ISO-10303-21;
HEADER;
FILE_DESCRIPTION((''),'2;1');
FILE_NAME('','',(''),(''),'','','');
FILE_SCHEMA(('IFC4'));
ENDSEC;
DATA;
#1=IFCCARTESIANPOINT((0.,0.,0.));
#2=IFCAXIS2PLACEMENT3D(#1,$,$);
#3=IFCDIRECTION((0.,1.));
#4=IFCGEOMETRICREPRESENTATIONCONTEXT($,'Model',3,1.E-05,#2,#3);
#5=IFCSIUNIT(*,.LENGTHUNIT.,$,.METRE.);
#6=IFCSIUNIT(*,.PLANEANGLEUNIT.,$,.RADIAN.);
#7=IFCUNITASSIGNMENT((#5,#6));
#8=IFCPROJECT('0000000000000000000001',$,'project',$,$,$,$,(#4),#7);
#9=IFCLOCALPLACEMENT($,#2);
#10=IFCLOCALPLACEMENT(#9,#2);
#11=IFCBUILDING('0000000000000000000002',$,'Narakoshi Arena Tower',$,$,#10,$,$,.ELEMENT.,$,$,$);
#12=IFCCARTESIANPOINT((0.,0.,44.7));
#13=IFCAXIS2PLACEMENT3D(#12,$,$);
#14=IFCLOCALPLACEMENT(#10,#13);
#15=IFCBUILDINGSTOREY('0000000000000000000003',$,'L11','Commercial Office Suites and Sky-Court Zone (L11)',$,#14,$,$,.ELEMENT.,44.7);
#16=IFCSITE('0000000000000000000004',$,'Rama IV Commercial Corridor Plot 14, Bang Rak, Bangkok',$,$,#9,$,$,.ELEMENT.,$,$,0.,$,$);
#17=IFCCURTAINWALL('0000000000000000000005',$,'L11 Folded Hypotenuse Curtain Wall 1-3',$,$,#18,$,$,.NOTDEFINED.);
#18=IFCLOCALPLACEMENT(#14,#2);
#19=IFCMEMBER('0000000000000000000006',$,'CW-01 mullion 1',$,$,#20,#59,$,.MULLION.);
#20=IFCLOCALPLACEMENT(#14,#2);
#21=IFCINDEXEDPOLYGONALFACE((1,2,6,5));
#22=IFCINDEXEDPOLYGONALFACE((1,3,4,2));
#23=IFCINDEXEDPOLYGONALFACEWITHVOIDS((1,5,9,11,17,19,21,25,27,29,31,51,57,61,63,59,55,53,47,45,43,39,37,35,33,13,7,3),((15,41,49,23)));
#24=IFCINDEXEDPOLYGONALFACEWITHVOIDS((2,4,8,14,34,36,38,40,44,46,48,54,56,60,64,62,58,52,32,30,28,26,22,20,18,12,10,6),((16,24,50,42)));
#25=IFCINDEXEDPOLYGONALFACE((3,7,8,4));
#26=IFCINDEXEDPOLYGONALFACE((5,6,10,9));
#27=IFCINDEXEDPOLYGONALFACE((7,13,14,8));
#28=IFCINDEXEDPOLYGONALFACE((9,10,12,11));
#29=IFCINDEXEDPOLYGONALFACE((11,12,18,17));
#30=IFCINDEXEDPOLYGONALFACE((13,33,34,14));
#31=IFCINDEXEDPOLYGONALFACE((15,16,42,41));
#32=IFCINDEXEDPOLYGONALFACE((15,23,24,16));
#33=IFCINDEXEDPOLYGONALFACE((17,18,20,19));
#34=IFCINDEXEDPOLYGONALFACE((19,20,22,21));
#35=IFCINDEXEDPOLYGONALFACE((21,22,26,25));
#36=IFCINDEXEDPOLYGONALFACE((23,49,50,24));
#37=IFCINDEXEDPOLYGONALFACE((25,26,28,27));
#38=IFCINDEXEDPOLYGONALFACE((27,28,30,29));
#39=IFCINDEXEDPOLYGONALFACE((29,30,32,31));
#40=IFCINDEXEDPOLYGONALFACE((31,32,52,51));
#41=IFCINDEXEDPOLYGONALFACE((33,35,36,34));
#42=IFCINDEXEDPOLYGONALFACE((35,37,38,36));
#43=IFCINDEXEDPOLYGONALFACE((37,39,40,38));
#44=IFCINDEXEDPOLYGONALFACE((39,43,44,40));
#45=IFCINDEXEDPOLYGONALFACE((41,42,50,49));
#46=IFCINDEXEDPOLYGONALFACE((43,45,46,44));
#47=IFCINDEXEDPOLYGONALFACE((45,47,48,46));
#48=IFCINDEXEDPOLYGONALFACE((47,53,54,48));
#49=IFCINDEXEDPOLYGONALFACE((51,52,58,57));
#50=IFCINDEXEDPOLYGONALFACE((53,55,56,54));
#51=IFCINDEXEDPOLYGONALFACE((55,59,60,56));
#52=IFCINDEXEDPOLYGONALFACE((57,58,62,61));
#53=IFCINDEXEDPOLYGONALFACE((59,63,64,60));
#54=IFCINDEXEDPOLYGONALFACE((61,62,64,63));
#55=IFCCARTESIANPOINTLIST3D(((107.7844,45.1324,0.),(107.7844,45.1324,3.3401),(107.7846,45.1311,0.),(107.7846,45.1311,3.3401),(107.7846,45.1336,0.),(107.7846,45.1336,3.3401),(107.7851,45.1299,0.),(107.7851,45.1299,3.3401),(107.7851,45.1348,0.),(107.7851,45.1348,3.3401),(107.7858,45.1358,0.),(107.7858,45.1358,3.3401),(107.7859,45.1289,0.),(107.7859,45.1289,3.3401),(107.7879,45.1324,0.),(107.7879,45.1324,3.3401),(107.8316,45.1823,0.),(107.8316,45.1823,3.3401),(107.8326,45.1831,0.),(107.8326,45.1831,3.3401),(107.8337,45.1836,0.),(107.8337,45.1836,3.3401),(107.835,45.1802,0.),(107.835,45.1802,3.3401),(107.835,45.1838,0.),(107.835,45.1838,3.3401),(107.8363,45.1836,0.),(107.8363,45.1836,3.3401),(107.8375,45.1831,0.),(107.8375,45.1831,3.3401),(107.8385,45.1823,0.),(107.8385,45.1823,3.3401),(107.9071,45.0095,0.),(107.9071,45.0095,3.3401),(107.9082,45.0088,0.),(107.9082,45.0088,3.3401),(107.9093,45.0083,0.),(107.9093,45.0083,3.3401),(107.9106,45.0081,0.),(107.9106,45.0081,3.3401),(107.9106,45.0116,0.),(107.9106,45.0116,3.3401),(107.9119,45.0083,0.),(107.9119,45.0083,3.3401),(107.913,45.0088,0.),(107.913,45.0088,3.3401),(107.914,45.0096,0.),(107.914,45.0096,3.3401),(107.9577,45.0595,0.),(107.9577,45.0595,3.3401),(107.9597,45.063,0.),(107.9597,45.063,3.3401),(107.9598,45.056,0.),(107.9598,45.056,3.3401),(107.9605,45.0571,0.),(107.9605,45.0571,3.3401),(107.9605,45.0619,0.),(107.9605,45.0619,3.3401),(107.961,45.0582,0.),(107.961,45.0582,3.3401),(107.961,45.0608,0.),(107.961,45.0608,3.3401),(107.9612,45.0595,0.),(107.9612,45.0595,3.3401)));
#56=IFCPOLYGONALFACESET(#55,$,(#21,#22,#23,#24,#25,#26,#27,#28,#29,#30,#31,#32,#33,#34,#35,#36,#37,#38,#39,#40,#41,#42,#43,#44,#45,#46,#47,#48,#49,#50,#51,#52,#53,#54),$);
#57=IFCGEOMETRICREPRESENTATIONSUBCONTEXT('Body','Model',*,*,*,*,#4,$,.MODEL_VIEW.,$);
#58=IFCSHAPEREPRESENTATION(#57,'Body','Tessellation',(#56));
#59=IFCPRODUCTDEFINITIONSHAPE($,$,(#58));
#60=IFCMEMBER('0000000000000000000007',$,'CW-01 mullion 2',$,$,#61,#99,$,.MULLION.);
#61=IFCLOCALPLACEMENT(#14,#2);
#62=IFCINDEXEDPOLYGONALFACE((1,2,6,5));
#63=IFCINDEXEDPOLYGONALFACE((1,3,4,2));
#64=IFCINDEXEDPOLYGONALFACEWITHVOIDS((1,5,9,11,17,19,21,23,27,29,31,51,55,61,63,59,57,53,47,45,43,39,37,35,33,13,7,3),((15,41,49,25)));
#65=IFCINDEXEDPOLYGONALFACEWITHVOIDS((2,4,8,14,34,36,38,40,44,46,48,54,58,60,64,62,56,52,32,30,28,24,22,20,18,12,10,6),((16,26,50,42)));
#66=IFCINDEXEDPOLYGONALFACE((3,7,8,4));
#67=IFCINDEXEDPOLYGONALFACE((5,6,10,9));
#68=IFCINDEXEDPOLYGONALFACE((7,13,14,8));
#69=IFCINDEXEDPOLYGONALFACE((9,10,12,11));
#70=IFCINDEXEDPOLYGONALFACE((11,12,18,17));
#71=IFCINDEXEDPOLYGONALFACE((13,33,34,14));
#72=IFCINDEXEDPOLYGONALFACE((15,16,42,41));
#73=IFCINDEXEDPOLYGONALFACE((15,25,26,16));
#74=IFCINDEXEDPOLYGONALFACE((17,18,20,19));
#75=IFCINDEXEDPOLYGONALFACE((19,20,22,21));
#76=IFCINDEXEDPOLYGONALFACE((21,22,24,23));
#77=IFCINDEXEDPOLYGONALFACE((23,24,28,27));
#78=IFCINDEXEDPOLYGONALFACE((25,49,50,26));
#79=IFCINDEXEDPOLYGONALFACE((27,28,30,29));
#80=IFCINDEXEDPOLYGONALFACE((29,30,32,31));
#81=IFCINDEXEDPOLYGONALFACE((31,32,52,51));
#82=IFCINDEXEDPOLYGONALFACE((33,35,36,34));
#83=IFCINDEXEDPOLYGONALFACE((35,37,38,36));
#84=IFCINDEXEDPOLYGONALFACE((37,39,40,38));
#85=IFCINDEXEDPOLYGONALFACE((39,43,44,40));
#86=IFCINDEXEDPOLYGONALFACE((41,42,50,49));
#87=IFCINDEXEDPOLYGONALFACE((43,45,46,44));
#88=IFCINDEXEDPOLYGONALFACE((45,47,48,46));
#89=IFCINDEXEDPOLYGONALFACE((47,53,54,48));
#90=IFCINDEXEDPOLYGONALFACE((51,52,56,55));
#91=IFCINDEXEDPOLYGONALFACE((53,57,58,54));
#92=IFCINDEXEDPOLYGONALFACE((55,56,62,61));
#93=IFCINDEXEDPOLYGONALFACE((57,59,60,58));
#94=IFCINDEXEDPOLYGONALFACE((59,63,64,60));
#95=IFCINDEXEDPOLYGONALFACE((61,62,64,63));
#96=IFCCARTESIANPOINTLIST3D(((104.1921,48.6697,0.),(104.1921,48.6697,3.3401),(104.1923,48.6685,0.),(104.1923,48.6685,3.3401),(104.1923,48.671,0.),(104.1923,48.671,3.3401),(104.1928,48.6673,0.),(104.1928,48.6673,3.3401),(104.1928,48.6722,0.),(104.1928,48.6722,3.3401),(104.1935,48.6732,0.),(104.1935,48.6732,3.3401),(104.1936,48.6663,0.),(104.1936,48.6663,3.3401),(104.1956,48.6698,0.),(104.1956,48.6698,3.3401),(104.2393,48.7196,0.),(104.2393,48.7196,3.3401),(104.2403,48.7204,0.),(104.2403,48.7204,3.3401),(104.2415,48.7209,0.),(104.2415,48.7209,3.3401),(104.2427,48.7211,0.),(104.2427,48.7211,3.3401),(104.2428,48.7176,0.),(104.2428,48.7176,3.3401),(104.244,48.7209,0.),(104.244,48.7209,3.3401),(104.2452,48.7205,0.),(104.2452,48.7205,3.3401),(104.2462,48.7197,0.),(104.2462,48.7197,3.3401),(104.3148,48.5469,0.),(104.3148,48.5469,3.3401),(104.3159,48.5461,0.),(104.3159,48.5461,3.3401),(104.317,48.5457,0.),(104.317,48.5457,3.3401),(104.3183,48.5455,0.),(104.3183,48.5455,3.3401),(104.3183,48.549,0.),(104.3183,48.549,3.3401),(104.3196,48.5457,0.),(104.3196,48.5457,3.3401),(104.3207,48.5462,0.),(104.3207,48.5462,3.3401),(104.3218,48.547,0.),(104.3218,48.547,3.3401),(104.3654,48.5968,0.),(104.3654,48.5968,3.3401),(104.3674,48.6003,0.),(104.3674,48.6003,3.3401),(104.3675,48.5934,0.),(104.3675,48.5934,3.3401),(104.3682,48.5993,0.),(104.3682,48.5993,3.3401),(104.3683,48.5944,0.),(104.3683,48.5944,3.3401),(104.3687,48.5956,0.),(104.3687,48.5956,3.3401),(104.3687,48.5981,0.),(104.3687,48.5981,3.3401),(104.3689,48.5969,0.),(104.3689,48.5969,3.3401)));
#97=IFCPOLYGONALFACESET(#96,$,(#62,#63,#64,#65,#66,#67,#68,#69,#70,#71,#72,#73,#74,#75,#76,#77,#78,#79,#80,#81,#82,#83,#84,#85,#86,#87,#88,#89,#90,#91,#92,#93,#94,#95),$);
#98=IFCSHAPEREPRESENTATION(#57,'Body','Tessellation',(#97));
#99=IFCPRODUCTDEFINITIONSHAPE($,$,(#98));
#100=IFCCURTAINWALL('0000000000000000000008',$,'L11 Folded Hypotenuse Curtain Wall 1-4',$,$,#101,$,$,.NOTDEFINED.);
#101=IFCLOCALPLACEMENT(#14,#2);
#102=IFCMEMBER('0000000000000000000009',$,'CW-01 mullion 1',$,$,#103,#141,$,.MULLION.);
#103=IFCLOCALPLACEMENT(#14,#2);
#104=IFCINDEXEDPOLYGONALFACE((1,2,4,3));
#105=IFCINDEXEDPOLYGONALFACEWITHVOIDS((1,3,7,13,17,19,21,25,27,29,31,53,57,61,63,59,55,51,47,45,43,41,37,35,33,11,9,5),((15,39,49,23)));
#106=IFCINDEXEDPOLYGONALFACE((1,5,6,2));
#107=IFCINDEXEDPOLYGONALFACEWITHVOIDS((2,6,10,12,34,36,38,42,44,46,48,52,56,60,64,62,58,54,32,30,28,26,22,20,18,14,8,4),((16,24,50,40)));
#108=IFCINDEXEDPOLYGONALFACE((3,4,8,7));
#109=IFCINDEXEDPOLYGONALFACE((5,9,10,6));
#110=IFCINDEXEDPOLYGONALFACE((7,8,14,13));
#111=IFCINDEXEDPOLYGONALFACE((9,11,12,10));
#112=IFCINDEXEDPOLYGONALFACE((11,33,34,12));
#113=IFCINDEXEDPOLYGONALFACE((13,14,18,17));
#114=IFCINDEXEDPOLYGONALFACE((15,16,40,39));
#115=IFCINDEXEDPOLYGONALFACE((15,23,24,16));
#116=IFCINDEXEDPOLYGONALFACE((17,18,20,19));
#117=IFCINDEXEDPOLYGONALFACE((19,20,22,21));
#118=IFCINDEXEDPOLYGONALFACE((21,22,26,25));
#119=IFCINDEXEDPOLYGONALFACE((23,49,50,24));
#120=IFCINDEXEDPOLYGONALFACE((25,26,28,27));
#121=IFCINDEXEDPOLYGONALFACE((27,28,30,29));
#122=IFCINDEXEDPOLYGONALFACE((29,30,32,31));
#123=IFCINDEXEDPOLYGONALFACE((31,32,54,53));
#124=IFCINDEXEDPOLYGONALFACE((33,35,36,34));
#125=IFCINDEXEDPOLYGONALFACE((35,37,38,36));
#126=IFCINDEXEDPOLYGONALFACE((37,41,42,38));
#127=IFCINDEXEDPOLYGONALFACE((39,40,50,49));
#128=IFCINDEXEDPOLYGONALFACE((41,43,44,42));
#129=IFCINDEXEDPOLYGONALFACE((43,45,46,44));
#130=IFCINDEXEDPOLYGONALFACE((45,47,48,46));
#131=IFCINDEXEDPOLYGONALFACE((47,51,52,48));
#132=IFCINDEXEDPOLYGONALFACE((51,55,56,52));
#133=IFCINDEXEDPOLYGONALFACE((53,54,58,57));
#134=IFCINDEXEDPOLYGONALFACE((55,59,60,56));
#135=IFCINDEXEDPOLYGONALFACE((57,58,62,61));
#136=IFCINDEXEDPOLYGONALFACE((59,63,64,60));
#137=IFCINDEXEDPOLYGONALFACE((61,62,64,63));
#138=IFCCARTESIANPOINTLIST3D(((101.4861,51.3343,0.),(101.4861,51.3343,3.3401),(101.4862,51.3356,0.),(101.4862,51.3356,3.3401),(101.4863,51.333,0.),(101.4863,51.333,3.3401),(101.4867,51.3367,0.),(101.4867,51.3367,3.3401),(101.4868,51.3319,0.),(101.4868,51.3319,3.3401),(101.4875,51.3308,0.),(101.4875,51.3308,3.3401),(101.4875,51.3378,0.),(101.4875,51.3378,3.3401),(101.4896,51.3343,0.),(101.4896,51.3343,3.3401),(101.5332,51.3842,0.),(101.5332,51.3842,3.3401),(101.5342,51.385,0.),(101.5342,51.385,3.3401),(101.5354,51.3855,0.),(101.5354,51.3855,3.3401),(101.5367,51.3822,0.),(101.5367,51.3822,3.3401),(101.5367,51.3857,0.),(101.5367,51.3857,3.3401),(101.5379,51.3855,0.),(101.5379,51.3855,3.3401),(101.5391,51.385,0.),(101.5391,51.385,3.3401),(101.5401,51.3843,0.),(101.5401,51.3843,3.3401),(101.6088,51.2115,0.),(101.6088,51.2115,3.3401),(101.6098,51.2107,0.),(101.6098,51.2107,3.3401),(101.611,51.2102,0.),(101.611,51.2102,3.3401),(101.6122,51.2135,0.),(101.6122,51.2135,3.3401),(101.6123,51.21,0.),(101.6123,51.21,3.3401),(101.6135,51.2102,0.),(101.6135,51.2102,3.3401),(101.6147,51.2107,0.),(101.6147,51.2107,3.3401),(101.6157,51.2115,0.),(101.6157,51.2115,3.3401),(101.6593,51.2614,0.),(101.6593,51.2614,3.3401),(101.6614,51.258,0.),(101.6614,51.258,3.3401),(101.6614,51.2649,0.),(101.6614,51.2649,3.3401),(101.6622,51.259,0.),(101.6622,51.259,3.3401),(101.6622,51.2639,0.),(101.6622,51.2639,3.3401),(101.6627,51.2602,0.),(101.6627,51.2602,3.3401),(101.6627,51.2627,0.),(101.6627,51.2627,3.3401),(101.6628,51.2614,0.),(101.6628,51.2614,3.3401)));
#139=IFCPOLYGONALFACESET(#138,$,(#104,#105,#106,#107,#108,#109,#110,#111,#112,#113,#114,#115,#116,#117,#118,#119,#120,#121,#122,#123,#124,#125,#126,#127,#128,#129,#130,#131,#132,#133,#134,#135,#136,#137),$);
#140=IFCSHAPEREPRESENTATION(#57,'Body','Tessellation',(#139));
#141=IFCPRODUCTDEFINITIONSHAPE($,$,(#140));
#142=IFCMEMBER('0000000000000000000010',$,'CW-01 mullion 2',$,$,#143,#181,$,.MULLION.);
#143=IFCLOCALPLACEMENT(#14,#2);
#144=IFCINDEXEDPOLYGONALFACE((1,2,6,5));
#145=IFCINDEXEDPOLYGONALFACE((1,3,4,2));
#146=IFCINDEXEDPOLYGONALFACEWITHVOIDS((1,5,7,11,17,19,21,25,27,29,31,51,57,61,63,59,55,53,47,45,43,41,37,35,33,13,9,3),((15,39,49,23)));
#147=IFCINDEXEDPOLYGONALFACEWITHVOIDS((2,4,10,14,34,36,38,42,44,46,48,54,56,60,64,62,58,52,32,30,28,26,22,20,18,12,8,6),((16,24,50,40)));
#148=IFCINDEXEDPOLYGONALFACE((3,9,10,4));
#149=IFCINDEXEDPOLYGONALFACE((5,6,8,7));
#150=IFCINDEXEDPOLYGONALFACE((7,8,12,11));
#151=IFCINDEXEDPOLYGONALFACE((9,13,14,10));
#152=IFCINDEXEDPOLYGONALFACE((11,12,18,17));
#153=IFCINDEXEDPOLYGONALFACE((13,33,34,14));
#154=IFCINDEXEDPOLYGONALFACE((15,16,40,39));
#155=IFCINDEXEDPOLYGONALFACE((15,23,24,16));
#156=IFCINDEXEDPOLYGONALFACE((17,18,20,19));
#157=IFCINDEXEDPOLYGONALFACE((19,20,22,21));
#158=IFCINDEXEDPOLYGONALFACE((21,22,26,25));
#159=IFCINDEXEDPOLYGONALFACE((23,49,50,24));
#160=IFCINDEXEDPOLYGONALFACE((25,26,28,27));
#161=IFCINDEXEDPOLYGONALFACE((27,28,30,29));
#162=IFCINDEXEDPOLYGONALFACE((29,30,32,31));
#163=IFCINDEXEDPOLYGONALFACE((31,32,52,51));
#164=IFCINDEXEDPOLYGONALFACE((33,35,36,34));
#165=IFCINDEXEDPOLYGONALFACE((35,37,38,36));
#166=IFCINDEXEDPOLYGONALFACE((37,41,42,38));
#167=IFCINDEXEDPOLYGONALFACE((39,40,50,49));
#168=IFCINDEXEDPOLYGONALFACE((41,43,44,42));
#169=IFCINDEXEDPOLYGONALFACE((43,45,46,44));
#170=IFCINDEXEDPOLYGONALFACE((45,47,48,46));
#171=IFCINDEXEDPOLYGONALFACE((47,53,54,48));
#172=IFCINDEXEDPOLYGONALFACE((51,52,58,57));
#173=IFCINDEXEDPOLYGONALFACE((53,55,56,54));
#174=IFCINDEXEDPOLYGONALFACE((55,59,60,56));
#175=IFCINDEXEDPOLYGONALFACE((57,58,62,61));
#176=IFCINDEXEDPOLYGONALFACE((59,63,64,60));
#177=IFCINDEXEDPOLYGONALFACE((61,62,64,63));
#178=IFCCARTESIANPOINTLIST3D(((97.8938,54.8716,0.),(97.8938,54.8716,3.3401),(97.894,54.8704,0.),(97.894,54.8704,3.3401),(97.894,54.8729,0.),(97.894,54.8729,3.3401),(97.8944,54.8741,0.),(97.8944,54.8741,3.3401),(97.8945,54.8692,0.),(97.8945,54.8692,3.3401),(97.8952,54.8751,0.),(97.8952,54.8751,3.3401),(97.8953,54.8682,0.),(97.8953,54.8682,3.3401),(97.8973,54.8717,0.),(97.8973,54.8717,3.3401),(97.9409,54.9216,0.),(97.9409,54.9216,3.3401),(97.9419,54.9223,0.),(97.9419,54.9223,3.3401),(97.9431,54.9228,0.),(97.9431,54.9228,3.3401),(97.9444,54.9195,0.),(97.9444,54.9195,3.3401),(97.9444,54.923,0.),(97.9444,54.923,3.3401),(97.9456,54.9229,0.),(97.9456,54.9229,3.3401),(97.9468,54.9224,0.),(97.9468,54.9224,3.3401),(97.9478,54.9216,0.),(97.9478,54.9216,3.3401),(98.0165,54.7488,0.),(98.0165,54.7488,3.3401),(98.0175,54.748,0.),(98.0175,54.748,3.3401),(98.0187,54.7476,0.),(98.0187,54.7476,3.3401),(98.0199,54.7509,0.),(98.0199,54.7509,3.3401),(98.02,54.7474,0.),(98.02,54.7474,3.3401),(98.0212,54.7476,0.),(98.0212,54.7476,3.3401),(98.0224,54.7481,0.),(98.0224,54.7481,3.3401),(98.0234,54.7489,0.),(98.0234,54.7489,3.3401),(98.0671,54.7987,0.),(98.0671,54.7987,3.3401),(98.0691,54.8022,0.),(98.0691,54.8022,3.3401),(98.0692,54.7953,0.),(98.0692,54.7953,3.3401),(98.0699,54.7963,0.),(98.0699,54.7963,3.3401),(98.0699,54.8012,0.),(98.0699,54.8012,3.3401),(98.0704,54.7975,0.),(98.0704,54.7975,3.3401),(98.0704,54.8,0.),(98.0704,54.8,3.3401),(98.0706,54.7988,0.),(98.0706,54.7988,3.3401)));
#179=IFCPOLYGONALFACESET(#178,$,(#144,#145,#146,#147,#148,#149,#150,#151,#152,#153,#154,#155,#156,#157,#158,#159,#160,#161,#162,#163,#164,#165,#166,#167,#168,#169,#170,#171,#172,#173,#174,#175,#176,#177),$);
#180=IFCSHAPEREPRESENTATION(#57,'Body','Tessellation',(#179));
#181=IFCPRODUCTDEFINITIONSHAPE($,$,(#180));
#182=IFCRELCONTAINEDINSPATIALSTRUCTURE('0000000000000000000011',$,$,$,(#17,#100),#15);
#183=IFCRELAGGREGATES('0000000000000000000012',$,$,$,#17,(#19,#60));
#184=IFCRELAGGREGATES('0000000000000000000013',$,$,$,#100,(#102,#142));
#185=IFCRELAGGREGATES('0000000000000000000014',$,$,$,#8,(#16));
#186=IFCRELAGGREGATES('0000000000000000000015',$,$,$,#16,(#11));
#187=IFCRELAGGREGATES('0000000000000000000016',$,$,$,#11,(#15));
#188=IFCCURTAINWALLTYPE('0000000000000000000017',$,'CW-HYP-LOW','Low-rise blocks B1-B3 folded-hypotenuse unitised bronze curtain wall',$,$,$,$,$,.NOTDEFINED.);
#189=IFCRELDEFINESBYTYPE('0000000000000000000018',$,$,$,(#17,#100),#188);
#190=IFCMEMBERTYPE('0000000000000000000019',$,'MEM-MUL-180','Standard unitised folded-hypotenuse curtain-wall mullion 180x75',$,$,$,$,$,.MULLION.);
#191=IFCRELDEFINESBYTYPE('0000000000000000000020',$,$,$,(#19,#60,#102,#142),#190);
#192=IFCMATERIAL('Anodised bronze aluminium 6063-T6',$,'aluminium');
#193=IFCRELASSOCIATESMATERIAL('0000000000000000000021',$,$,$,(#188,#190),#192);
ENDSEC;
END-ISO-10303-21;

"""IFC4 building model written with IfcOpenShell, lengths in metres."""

from ifc_helpers import new_model, si_unit, direction, frame, origin, origin_2d, place, context, subcontext, project, spatial, hollow_rectangle, extrude, material, material_profile, profile_set, type_object, element, aggregate, save


model = new_model("IFC4")

# Units and contexts
model_context = context("Model", 3, precision=1e-05, world=origin(), true_north=direction((0.0, 1.0)))
body_context = subcontext(model_context, "Body", "Model", "MODEL_VIEW")
ifc_project = project(units=[si_unit("LENGTHUNIT", "METRE"), si_unit("PLANEANGLEUNIT", "RADIAN")], contexts=[model_context])

# Site, building, storey
site_placement = place(None, origin())
site = spatial("IfcSite", under=ifc_project, at=site_placement, Name="Rama IV Commercial Corridor Plot 14, Bang Rak, Bangkok", CompositionType="ELEMENT", RefElevation=0.0)
building_placement = place(site_placement, origin())
building = spatial("IfcBuilding", under=site, at=building_placement, Name="Narakoshi Arena Tower", CompositionType="ELEMENT")
storey_placement = place(building_placement, frame((0.0, 0.0, 44.7)))
storey = spatial("IfcBuildingStorey", under=building, at=storey_placement, Name="L11", Description="Commercial Office Suites and Sky-Court Zone (L11)", CompositionType="ELEMENT", Elevation=44.7)

# Curtain walls, members
ifc_material_1 = material(Name="Anodised bronze aluminium 6063-T6", Category="aluminium")
curtain_wall_type = type_object("IfcCurtainWallType", Name="CW-HYP-LOW", Description="Low-rise blocks B1-B3 folded-hypotenuse unitised bronze curtain wall", PredefinedType="NOTDEFINED", material=ifc_material_1)
curtain_wall_1_placement = place(storey_placement, origin())
curtain_wall_1 = element("IfcCurtainWall", 1, at=curtain_wall_1_placement, inside=storey, type_object=curtain_wall_type, Name="L11 Folded Hypotenuse Curtain Wall 1-3", PredefinedType="NOTDEFINED")
ifc_material_profile_1 = material_profile(ifc_material_1, hollow_rectangle(XDim=0.075, YDim=0.1799, WallThickness=0.0039, OuterFilletRadius=0.0049, at=origin_2d()), Name="MUL180x75x4")
ifc_profile_set_1 = profile_set([ifc_material_profile_1], Name="Anodised bronze aluminium 6063-T6")
member_type_1 = type_object("IfcMemberType", Name="MEM-MUL-180", Description="Standard unitised folded-hypotenuse curtain-wall mullion 180x75", PredefinedType="MULLION", material=ifc_profile_set_1)
member_1_placement = place(storey_placement, frame((107.8728, 45.0959, 0.0), z_axis=(0.0, 0.0, 1.0), x_axis=(-0.701633, -0.712539, 0.0)))
member_1 = element("IfcMember", 2, at=member_1_placement, type_object=member_type_1, Name="CW-01 mullion 1", PredefinedType="MULLION", context=body_context, shape_type="SweptSolid", body=[
    extrude(hollow_rectangle(XDim=0.075, YDim=0.1799, WallThickness=0.0039, OuterFilletRadius=0.0049, at=origin_2d()), origin(), (0.0, 0.0, 1.0), 3.3401),
])
member_2_placement = place(storey_placement, frame((104.2805, 48.6333, 0.0), z_axis=(0.0, 0.0, 1.0), x_axis=(-0.701633, -0.712539, 0.0)))
member_2 = element("IfcMember", 3, at=member_2_placement, type_object=member_type_1, Name="CW-01 mullion 2", PredefinedType="MULLION", context=body_context, shape_type="SweptSolid", body=[
    extrude(hollow_rectangle(XDim=0.075, YDim=0.1799, WallThickness=0.0039, OuterFilletRadius=0.0049, at=origin_2d()), origin(), (0.0, 0.0, 1.0), 3.3401),
])
curtain_wall_2_placement = place(storey_placement, origin())
curtain_wall_2 = element("IfcCurtainWall", 4, at=curtain_wall_2_placement, inside=storey, type_object=curtain_wall_type, Name="L11 Folded Hypotenuse Curtain Wall 1-4", PredefinedType="NOTDEFINED")
member_3_placement = place(storey_placement, frame((101.5745, 51.2979, 0.0), z_axis=(0.0, 0.0, 1.0), x_axis=(-0.701633, -0.712539, 0.0)))
member_3 = element("IfcMember", 5, at=member_3_placement, type_object=member_type_1, Name="CW-01 mullion 1", PredefinedType="MULLION", context=body_context, shape_type="SweptSolid", body=[
    extrude(hollow_rectangle(XDim=0.075, YDim=0.1799, WallThickness=0.0039, OuterFilletRadius=0.0049, at=origin_2d()), origin(), (0.0, 0.0, 1.0), 3.3401),
])
member_4_placement = place(storey_placement, frame((97.9822, 54.8352, 0.0), z_axis=(0.0, 0.0, 1.0), x_axis=(-0.701633, -0.712539, 0.0)))
member_4 = element("IfcMember", 6, at=member_4_placement, type_object=member_type_1, Name="CW-01 mullion 2", PredefinedType="MULLION", context=body_context, shape_type="SweptSolid", body=[
    extrude(hollow_rectangle(XDim=0.075, YDim=0.1799, WallThickness=0.0039, OuterFilletRadius=0.0049, at=origin_2d()), origin(), (0.0, 0.0, 1.0), 3.3401),
])

aggregate(curtain_wall_1, [member_1, member_2])
aggregate(curtain_wall_2, [member_3, member_4])

save(model, "model.ifc")
